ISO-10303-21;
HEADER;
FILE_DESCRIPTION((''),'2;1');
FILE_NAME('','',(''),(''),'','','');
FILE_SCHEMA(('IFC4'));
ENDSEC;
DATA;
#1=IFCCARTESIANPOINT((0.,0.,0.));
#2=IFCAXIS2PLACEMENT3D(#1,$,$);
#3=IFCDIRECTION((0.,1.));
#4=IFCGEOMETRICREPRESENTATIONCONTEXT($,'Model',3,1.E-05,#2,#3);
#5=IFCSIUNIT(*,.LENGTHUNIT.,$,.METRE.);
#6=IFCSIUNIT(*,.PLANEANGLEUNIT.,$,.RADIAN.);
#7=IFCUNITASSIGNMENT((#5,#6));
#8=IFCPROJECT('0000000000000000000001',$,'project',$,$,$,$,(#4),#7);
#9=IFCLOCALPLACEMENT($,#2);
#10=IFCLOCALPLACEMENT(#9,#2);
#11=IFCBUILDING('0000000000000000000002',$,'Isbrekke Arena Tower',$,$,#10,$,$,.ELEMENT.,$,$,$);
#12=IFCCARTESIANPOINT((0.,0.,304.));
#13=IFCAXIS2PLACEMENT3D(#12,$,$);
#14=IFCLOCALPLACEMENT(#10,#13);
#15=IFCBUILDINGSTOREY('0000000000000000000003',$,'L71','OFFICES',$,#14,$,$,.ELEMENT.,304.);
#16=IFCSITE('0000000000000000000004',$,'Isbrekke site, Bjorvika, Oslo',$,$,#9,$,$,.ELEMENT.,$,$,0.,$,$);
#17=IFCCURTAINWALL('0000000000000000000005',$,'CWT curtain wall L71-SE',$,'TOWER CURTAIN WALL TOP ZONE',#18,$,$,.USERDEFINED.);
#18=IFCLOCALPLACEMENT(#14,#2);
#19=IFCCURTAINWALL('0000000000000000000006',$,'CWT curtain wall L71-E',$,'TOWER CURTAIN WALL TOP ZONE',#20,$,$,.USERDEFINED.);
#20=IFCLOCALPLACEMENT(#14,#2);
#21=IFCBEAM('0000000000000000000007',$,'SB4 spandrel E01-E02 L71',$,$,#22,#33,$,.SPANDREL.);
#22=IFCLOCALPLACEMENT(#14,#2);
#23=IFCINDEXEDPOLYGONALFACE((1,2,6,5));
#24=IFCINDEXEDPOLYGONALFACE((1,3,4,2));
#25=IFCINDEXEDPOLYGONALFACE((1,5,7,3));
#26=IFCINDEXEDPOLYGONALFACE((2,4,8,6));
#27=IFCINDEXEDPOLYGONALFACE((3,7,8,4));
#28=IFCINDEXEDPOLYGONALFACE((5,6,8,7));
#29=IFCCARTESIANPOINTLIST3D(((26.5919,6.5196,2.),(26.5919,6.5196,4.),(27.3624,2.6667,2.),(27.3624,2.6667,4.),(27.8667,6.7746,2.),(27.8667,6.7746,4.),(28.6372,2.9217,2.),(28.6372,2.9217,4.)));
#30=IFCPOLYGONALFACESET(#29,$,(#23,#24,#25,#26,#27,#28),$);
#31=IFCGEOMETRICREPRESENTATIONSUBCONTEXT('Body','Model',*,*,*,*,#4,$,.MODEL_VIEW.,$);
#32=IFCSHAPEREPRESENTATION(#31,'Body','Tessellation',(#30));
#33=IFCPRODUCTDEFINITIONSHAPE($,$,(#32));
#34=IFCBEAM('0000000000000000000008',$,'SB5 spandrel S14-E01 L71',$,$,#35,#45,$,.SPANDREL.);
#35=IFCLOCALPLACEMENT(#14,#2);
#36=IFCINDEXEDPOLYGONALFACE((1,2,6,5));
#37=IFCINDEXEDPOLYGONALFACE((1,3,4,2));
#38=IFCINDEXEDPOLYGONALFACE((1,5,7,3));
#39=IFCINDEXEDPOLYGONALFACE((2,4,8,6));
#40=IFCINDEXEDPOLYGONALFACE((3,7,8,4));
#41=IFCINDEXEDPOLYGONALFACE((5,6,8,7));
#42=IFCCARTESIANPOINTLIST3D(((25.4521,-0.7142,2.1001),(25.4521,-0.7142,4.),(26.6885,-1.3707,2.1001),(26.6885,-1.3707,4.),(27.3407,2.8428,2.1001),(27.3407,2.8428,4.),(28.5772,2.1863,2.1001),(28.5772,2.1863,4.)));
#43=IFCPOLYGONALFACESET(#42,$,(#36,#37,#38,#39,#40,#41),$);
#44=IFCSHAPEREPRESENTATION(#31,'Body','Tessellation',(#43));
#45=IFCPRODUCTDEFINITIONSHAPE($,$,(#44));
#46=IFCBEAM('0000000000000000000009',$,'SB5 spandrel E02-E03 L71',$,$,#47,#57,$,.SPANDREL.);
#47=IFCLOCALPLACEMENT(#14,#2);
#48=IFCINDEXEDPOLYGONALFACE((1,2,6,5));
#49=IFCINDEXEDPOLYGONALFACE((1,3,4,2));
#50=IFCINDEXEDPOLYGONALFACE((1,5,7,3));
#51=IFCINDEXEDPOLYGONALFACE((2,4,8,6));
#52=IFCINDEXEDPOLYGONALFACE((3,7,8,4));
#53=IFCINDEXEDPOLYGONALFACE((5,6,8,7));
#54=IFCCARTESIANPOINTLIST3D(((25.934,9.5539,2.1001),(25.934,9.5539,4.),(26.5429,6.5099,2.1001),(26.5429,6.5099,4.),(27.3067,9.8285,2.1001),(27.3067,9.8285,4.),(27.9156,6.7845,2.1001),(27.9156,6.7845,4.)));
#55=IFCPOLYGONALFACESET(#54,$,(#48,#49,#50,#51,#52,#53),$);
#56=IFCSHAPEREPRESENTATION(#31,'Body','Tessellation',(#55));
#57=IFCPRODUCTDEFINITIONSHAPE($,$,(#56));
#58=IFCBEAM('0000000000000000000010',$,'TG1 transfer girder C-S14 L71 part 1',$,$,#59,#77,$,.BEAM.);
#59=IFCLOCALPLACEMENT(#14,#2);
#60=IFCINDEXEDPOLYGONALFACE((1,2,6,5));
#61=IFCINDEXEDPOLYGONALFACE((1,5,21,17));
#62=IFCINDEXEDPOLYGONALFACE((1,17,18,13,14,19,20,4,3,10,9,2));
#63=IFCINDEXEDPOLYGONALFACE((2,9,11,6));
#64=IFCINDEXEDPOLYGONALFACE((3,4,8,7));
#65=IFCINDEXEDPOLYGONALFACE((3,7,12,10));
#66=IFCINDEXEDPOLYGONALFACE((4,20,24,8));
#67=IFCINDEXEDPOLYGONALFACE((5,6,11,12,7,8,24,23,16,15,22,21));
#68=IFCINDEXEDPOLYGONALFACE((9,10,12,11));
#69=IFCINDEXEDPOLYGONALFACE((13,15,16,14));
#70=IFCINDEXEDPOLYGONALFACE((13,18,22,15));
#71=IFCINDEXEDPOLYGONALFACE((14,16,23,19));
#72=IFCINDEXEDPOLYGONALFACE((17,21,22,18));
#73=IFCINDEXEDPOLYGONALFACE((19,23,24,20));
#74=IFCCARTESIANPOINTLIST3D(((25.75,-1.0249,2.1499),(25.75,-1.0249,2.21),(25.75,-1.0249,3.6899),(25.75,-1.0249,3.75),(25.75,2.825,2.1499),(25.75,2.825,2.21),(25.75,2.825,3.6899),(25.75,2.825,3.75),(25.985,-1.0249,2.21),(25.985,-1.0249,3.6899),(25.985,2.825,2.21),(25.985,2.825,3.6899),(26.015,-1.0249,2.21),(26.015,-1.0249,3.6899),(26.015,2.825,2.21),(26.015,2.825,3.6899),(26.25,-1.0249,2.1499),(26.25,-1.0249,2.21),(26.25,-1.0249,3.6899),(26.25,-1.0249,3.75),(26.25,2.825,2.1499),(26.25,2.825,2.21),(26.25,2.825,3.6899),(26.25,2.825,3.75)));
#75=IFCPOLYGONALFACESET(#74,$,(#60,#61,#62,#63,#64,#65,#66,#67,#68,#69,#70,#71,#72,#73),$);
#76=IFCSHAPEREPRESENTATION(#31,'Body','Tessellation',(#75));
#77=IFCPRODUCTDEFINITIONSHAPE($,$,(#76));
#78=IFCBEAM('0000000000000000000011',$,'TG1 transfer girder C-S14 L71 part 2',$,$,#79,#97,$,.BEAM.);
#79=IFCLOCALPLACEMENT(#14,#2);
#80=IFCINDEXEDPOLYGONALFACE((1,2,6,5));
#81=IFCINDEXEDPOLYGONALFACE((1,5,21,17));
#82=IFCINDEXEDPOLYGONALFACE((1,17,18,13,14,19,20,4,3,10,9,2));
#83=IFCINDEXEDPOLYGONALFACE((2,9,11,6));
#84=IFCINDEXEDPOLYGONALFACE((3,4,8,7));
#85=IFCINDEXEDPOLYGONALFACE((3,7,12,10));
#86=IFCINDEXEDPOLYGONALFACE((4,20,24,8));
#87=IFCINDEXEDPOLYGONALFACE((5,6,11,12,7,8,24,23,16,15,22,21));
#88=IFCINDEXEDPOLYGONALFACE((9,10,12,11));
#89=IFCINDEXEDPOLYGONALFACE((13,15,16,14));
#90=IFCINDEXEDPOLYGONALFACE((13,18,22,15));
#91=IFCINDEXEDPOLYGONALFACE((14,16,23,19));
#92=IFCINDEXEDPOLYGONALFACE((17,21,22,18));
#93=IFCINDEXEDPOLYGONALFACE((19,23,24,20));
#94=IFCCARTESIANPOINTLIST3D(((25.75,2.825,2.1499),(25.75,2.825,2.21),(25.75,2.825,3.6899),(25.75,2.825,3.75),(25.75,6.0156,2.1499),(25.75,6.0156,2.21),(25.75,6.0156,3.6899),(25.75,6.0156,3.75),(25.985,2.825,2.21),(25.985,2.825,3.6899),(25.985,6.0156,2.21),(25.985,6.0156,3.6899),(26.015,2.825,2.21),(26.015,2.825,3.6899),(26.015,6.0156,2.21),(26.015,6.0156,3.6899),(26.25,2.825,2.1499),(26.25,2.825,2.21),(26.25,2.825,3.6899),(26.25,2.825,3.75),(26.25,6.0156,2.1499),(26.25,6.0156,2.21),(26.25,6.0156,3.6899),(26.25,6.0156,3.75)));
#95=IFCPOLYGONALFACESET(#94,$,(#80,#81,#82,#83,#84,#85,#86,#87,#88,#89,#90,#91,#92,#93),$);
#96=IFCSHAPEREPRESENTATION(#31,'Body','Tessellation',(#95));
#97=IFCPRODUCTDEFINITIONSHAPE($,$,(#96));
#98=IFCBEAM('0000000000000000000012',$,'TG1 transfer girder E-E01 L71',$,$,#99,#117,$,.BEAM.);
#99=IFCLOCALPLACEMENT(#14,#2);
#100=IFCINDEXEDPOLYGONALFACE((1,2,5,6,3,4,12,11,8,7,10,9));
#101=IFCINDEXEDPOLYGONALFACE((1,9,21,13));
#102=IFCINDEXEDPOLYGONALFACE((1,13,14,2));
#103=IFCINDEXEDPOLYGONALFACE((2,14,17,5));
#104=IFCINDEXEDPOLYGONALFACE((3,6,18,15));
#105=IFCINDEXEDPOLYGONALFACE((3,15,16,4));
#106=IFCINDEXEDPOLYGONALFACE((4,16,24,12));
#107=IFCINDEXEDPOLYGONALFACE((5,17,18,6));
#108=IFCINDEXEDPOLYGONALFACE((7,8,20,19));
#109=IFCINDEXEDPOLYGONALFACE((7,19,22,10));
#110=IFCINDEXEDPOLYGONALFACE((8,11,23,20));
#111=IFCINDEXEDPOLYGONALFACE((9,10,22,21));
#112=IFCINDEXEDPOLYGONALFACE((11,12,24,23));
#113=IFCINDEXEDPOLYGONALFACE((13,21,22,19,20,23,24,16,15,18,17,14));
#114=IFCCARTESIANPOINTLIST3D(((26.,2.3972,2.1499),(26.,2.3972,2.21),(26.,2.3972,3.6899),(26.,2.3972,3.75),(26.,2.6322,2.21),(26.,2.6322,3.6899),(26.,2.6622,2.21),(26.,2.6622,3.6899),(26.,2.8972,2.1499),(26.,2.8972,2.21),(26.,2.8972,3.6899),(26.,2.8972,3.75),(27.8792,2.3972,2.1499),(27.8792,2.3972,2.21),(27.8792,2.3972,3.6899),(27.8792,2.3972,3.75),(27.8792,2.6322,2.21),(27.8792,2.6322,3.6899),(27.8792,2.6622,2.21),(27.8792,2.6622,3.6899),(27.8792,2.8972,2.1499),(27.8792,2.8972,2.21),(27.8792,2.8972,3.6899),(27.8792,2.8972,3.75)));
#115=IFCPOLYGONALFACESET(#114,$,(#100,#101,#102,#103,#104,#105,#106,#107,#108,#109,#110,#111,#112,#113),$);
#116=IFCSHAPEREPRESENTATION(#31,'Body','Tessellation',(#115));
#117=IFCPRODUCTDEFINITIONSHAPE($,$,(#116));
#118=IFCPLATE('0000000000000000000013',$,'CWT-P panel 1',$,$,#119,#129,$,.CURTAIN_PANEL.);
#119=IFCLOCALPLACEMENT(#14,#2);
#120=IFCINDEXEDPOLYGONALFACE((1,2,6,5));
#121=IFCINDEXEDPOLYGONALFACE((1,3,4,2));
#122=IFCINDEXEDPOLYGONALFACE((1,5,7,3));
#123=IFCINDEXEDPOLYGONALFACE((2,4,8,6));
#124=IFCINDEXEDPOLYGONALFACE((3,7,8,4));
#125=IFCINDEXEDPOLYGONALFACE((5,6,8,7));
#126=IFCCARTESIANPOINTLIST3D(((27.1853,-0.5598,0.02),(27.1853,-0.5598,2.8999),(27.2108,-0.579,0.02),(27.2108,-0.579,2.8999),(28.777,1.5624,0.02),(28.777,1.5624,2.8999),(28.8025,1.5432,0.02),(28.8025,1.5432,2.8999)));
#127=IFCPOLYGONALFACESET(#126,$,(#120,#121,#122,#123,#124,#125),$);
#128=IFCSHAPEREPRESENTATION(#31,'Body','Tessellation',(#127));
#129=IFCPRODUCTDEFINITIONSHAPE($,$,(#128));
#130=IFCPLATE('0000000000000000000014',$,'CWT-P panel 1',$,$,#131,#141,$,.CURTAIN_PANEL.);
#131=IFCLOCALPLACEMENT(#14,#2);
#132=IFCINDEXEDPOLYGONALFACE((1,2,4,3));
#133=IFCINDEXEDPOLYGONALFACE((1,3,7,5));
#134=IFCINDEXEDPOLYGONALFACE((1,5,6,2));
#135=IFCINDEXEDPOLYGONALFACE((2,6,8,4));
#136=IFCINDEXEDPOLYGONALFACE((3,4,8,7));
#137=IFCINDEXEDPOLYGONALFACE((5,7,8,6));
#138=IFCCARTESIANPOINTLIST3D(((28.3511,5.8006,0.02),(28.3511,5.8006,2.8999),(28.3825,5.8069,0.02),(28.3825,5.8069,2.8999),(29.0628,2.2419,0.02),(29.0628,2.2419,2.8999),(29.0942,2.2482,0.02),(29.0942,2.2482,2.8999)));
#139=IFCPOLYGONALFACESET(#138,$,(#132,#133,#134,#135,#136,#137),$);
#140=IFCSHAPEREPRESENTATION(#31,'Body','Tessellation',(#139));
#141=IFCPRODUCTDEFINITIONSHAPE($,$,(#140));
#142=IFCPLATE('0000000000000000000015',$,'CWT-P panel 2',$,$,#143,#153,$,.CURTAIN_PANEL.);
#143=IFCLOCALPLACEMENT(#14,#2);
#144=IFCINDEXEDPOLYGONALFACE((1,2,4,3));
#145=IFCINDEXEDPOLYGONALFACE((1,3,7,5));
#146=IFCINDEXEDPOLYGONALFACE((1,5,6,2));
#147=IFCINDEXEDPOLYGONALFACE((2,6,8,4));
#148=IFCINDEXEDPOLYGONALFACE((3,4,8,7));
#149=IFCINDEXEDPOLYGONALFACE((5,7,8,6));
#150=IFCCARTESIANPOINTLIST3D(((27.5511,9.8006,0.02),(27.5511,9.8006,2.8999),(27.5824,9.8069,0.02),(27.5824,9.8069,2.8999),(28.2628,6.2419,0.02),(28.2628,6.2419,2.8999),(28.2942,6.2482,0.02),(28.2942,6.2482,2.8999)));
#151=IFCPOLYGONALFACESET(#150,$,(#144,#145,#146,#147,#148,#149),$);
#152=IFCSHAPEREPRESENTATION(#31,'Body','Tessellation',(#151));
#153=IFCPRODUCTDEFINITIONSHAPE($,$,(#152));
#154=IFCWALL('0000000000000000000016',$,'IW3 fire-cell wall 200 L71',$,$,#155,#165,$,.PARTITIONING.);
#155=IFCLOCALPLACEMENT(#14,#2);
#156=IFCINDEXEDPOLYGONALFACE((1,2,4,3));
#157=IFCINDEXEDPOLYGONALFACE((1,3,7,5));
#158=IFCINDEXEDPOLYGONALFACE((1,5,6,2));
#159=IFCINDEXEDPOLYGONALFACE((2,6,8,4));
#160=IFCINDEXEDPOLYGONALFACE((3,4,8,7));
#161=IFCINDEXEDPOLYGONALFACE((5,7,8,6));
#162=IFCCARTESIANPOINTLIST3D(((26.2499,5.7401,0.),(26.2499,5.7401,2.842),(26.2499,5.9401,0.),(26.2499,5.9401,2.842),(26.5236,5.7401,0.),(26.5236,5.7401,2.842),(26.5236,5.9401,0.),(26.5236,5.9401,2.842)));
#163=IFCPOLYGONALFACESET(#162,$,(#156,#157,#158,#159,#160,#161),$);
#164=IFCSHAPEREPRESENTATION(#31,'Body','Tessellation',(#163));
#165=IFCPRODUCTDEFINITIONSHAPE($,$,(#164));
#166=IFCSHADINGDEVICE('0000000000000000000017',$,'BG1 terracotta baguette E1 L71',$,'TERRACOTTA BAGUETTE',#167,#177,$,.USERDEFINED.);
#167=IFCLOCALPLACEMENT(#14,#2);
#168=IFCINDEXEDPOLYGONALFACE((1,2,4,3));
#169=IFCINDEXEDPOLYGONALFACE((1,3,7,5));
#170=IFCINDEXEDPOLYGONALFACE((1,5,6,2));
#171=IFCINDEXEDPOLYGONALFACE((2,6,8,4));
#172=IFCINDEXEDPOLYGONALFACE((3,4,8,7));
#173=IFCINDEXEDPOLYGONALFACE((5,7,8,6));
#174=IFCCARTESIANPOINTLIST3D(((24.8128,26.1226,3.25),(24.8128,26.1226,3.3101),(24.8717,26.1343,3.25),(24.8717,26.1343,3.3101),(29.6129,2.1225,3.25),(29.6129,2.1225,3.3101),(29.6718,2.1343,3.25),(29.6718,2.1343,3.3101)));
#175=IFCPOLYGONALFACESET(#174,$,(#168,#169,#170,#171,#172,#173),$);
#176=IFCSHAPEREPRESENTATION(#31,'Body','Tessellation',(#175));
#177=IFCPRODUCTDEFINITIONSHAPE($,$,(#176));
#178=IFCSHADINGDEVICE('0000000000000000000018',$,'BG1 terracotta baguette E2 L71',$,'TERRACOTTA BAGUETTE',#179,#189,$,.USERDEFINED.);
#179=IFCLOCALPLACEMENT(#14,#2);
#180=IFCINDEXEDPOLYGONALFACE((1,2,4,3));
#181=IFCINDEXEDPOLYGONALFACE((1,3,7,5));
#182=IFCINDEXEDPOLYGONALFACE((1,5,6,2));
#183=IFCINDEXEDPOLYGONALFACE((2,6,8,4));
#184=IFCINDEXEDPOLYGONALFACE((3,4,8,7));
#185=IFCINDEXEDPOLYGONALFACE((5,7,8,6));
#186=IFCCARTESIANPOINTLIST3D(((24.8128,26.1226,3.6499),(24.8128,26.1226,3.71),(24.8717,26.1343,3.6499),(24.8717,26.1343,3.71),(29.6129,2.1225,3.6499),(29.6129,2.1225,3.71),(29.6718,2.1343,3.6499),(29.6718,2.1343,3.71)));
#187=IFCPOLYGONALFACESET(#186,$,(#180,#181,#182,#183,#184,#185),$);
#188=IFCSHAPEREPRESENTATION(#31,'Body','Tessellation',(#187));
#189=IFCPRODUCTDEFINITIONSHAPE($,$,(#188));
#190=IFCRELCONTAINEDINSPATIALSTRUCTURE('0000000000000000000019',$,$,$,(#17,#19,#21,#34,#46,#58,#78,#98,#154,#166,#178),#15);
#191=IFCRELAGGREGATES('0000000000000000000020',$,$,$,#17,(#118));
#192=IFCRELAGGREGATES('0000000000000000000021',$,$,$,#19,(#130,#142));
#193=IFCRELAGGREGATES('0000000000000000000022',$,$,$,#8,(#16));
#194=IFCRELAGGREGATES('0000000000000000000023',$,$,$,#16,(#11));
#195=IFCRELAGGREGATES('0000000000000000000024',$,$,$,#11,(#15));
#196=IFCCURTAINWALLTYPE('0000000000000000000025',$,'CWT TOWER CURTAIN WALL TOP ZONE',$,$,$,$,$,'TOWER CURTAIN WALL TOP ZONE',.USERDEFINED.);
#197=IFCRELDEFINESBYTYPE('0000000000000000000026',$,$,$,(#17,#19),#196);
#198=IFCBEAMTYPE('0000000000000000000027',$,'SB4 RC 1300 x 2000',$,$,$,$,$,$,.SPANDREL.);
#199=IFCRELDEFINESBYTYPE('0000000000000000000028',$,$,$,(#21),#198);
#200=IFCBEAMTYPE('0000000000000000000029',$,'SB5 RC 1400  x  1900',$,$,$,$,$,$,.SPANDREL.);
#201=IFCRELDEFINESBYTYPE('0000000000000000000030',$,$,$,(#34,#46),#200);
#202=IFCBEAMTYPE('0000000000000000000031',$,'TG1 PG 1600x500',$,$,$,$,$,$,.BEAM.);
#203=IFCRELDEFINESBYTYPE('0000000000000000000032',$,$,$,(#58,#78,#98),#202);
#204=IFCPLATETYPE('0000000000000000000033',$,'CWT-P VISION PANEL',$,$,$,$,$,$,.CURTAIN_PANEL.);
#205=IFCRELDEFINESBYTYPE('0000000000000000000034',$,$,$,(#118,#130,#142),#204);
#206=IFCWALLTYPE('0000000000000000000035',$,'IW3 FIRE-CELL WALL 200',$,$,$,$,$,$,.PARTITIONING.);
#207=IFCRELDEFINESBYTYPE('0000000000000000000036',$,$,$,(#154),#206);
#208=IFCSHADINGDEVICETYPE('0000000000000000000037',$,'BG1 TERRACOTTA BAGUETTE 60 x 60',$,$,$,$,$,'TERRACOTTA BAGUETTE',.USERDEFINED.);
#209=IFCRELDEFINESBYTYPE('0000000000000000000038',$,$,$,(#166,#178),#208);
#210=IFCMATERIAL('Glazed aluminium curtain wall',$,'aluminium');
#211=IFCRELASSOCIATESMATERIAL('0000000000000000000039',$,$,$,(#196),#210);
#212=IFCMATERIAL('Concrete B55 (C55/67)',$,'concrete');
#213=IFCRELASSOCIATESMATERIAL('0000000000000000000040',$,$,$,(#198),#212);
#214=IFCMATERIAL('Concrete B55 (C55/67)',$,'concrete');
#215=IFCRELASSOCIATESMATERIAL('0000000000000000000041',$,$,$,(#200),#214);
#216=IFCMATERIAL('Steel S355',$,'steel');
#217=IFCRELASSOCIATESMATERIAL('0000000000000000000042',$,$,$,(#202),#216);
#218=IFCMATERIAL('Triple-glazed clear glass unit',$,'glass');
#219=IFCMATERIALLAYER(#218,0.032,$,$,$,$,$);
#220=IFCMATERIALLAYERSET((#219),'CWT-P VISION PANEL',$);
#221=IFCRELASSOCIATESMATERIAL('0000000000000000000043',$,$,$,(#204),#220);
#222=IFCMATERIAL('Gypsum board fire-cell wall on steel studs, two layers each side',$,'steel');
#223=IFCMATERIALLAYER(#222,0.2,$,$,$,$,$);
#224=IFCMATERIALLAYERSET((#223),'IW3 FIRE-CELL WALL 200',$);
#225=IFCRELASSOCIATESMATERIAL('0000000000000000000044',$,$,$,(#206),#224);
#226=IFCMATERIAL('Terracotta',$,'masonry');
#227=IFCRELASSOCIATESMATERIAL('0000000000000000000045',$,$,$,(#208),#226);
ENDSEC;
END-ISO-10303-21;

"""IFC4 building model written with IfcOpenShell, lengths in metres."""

from ifc_helpers import new_model, si_unit, direction, frame, frame_2d, origin, origin_2d, place, context, subcontext, project, spatial, rectangle, i_section, extrude, material, layer, layer_set, material_profile, profile_set, type_object, element, aggregate, save


model = new_model("IFC4")

# Units and contexts
model_context = context("Model", 3, precision=1e-05, world=origin(), true_north=direction((0.0, 1.0)))
body_context = subcontext(model_context, "Body", "Model", "MODEL_VIEW")
ifc_project = project(units=[si_unit("LENGTHUNIT", "METRE"), si_unit("PLANEANGLEUNIT", "RADIAN")], contexts=[model_context])

# Site, building, storey
site_placement = place(None, origin())
site = spatial("IfcSite", under=ifc_project, at=site_placement, Name="Isbrekke site, Bjorvika, Oslo", CompositionType="ELEMENT", RefElevation=0.0)
building_placement = place(site_placement, origin())
building = spatial("IfcBuilding", under=site, at=building_placement, Name="Isbrekke Arena Tower", CompositionType="ELEMENT")
storey_placement = place(building_placement, frame((0.0, 0.0, 304.0)))
storey = spatial("IfcBuildingStorey", under=building, at=storey_placement, Name="L71", Description="OFFICES", CompositionType="ELEMENT", Elevation=304.0)

# Curtain walls
ifc_material_1 = material(Name="Glazed aluminium curtain wall", Category="aluminium")
curtain_wall_type = type_object("IfcCurtainWallType", Name="CWT TOWER CURTAIN WALL TOP ZONE", ElementType="TOWER CURTAIN WALL TOP ZONE", PredefinedType="USERDEFINED", material=ifc_material_1)
curtain_wall_1_placement = place(storey_placement, origin())
curtain_wall_1 = element("IfcCurtainWall", 1, at=curtain_wall_1_placement, inside=storey, type_object=curtain_wall_type, Name="CWT curtain wall L71-SE", ObjectType="TOWER CURTAIN WALL TOP ZONE", PredefinedType="USERDEFINED")
curtain_wall_2_placement = place(storey_placement, origin())
curtain_wall_2 = element("IfcCurtainWall", 2, at=curtain_wall_2_placement, inside=storey, type_object=curtain_wall_type, Name="CWT curtain wall L71-E", ObjectType="TOWER CURTAIN WALL TOP ZONE", PredefinedType="USERDEFINED")

# Beams
ifc_material_2 = material(Name="Concrete B55 (C55/67)", Category="concrete")
ifc_material_profile_1 = material_profile(ifc_material_2, rectangle(XDim=1.3, YDim=2.0, at=origin_2d()), Name="RC 1300x2000")
ifc_profile_set_1 = profile_set([ifc_material_profile_1], Name="Concrete B55 (C55/67)")
beam_type_1 = type_object("IfcBeamType", Name="SB4 RC 1300 x 2000", PredefinedType="SPANDREL", material=ifc_profile_set_1)
beam_1_placement = place(storey_placement, frame((27.9998, 2.7942, 3.0), z_axis=(-0.196092, 0.980585, 0.0), x_axis=(-0.980585, -0.196092, 0.0)))
element("IfcBeam", 3, at=beam_1_placement, inside=storey, type_object=beam_type_1, Name="SB4 spandrel E01-E02 L71", PredefinedType="SPANDREL", context=body_context, shape_type="SweptSolid", body=[
    extrude(rectangle(XDim=1.3, YDim=2.0, at=origin_2d()), origin(), (0.0, 0.0, 1.0), 3.9292),
])
ifc_material_3 = material(Name="Concrete B55 (C55/67)", Category="concrete")
ifc_material_profile_2 = material_profile(ifc_material_3, rectangle(XDim=1.3999, YDim=1.8999, at=origin_2d()), Name="RC 1400 x 1900")
ifc_profile_set_2 = profile_set([ifc_material_profile_2], Name="Concrete B55 (C55/67)")
beam_type_2 = type_object("IfcBeamType", Name="SB5 RC 1400  x  1900", PredefinedType="SPANDREL", material=ifc_profile_set_2)
beam_2_placement = place(storey_placement, frame((26.0703, -1.0425, 3.05), z_axis=(0.468951, 0.883224, 0.0), x_axis=(-0.883224, 0.468951, 0.0)))
element("IfcBeam", 4, at=beam_2_placement, inside=storey, type_object=beam_type_2, Name="SB5 spandrel S14-E01 L71", PredefinedType="SPANDREL", context=body_context, shape_type="SweptSolid", body=[
    extrude(rectangle(XDim=1.3999, YDim=1.8999, at=origin_2d()), origin(), (0.0, 0.0, 1.0), 4.0273),
])
beam_3_placement = place(storey_placement, frame((27.2292, 6.6472, 3.05), z_axis=(-0.196146, 0.980575, 0.0), x_axis=(-0.980575, -0.196146, 0.0)))
element("IfcBeam", 5, at=beam_3_placement, inside=storey, type_object=beam_type_2, Name="SB5 spandrel E02-E03 L71", PredefinedType="SPANDREL", context=body_context, shape_type="SweptSolid", body=[
    extrude(rectangle(XDim=1.3999, YDim=1.8999, at=origin_2d()), origin(), (0.0, 0.0, 1.0), 3.1042),
])
ifc_material_4 = material(Name="Steel S355", Category="steel")
ifc_material_profile_3 = material_profile(ifc_material_4, i_section(OverallWidth=0.5, OverallDepth=1.6001, WebThickness=0.03, FlangeThickness=0.0601, at=origin_2d()), Name="PG 1600x500")
ifc_profile_set_3 = profile_set([ifc_material_profile_3], Name="Steel S355")
beam_type_3 = type_object("IfcBeamType", Name="TG1 PG 1600x500", PredefinedType="BEAM", material=ifc_profile_set_3)
beam_4_placement = place(storey_placement, frame((26.0, -1.0249, 2.95), z_axis=(0.0, 1.0, 0.0), x_axis=(-1.0, 0.0, 0.0)))
element("IfcBeam", 6, at=beam_4_placement, inside=storey, type_object=beam_type_3, Name="TG1 transfer girder C-S14 L71 part 1", PredefinedType="BEAM", context=body_context, shape_type="SweptSolid", body=[
    extrude(i_section(OverallWidth=0.5, OverallDepth=1.6001, WebThickness=0.03, FlangeThickness=0.0601, at=origin_2d()), origin(), (0.0, 0.0, 1.0), 3.8499),
])
beam_5_placement = place(storey_placement, frame((26.0, 2.825, 2.95), z_axis=(0.0, 1.0, 0.0), x_axis=(-1.0, 0.0, 0.0)))
element("IfcBeam", 7, at=beam_5_placement, inside=storey, type_object=beam_type_3, Name="TG1 transfer girder C-S14 L71 part 2", PredefinedType="BEAM", context=body_context, shape_type="SweptSolid", body=[
    extrude(i_section(OverallWidth=0.5, OverallDepth=1.6001, WebThickness=0.03, FlangeThickness=0.0601, at=origin_2d()), origin(), (0.0, 0.0, 1.0), 3.1907),
])
beam_6_placement = place(storey_placement, frame((27.8792, 2.6472, 2.95), z_axis=(-1.0, 0.0, 0.0), x_axis=(0.0, -1.0, 0.0)))
element("IfcBeam", 8, at=beam_6_placement, inside=storey, type_object=beam_type_3, Name="TG1 transfer girder E-E01 L71", PredefinedType="BEAM", context=body_context, shape_type="SweptSolid", body=[
    extrude(i_section(OverallWidth=0.5, OverallDepth=1.6001, WebThickness=0.03, FlangeThickness=0.0601, at=origin_2d()), origin(), (0.0, 0.0, 1.0), 1.8792),
])

# Plates
ifc_material_5 = material(Name="Triple-glazed clear glass unit", Category="glass")
ifc_layer_1 = layer(ifc_material_5, 0.032)
ifc_layer_set_1 = layer_set([ifc_layer_1], Name="CWT-P VISION PANEL")
plate_type = type_object("IfcPlateType", Name="CWT-P VISION PANEL", PredefinedType="CURTAIN_PANEL", material=ifc_layer_set_1)
plate_1_placement = place(storey_placement, frame((27.9939, 0.4917, 0.02), z_axis=(0.0, 0.0, 1.0), x_axis=(0.6, 0.8, 0.0)))
plate_1 = element("IfcPlate", 9, at=plate_1_placement, type_object=plate_type, Name="CWT-P panel 1", PredefinedType="CURTAIN_PANEL", context=body_context, shape_type="SweptSolid", body=[
    extrude(rectangle(XDim=2.6528, YDim=0.032, at=origin_2d()), origin(), (0.0, 0.0, 1.0), 2.8799),
])
aggregate(curtain_wall_1, [plate_1])
plate_2_placement = place(storey_placement, frame((28.7227, 4.0244, 0.02), z_axis=(0.0, 0.0, 1.0), x_axis=(-0.196116, 0.980581, 0.0)))
plate_2 = element("IfcPlate", 10, at=plate_2_placement, type_object=plate_type, Name="CWT-P panel 1", PredefinedType="CURTAIN_PANEL", context=body_context, shape_type="SweptSolid", body=[
    extrude(rectangle(XDim=3.6292, YDim=0.032, at=origin_2d()), origin(), (0.0, 0.0, 1.0), 2.8799),
])
plate_3_placement = place(storey_placement, frame((27.9226, 8.0244, 0.02), z_axis=(0.0, 0.0, 1.0), x_axis=(-0.196116, 0.980581, 0.0)))
plate_3 = element("IfcPlate", 11, at=plate_3_placement, type_object=plate_type, Name="CWT-P panel 2", PredefinedType="CURTAIN_PANEL", context=body_context, shape_type="SweptSolid", body=[
    extrude(rectangle(XDim=3.6292, YDim=0.032, at=origin_2d()), origin(), (0.0, 0.0, 1.0), 2.8799),
])
aggregate(curtain_wall_2, [plate_2, plate_3])

# Wall
ifc_material_6 = material(Name="Gypsum board fire-cell wall on steel studs, two layers each side", Category="steel")
ifc_layer_2 = layer(ifc_material_6, 0.2)
ifc_layer_set_2 = layer_set([ifc_layer_2], Name="IW3 FIRE-CELL WALL 200")
wall_type = type_object("IfcWallType", Name="IW3 FIRE-CELL WALL 200", PredefinedType="PARTITIONING", material=ifc_layer_set_2)
wall_placement = place(storey_placement, frame((26.25, 5.8401, 0.0), z_axis=(0.0, 0.0, 1.0), x_axis=(1.0, 0.0, 0.0)))
element("IfcWall", 12, at=wall_placement, inside=storey, type_object=wall_type, Name="IW3 fire-cell wall 200 L71", PredefinedType="PARTITIONING", context=body_context, shape_type="SweptSolid", body=[
    extrude(rectangle(XDim=0.2737, YDim=0.2, at=frame_2d((0.1367, 0.0))), origin(), (0.0, 0.0, 1.0), 2.842),
])

# Shading devices
ifc_material_7 = material(Name="Terracotta", Category="masonry")
ifc_material_profile_4 = material_profile(ifc_material_7, rectangle(XDim=0.0601, YDim=0.0601, at=origin_2d()), Name="BAGUETTE 60X60")
ifc_profile_set_4 = profile_set([ifc_material_profile_4], Name="Terracotta")
shading_device_type = type_object("IfcShadingDeviceType", Name="BG1 TERRACOTTA BAGUETTE 60 x 60", ElementType="TERRACOTTA BAGUETTE", PredefinedType="USERDEFINED", material=ifc_profile_set_4)
for number, where, z_axis, x_axis, name in (
    (13, (29.6423, 2.1284, 3.28), (-0.196118, 0.98058, 0.0), (-0.98058, -0.196118, 0.0), "BG1 terracotta baguette E1 L71"),
    (14, (29.6423, 2.1284, 3.6799), (-0.196118, 0.98058, 0.0), (-0.98058, -0.196118, 0.0), "BG1 terracotta baguette E2 L71"),
):
    element("IfcShadingDevice", number, at=place(storey_placement, frame(where, z_axis=z_axis, x_axis=x_axis)), inside=storey, type_object=shading_device_type, Name=name, ObjectType="TERRACOTTA BAGUETTE", PredefinedType="USERDEFINED", context=body_context, shape_type="SweptSolid", body=[
        extrude(rectangle(XDim=0.0601, YDim=0.0601, at=origin_2d()), origin(), (0.0, 0.0, 1.0), 24.4753),
    ])

save(model, "model.ifc")
